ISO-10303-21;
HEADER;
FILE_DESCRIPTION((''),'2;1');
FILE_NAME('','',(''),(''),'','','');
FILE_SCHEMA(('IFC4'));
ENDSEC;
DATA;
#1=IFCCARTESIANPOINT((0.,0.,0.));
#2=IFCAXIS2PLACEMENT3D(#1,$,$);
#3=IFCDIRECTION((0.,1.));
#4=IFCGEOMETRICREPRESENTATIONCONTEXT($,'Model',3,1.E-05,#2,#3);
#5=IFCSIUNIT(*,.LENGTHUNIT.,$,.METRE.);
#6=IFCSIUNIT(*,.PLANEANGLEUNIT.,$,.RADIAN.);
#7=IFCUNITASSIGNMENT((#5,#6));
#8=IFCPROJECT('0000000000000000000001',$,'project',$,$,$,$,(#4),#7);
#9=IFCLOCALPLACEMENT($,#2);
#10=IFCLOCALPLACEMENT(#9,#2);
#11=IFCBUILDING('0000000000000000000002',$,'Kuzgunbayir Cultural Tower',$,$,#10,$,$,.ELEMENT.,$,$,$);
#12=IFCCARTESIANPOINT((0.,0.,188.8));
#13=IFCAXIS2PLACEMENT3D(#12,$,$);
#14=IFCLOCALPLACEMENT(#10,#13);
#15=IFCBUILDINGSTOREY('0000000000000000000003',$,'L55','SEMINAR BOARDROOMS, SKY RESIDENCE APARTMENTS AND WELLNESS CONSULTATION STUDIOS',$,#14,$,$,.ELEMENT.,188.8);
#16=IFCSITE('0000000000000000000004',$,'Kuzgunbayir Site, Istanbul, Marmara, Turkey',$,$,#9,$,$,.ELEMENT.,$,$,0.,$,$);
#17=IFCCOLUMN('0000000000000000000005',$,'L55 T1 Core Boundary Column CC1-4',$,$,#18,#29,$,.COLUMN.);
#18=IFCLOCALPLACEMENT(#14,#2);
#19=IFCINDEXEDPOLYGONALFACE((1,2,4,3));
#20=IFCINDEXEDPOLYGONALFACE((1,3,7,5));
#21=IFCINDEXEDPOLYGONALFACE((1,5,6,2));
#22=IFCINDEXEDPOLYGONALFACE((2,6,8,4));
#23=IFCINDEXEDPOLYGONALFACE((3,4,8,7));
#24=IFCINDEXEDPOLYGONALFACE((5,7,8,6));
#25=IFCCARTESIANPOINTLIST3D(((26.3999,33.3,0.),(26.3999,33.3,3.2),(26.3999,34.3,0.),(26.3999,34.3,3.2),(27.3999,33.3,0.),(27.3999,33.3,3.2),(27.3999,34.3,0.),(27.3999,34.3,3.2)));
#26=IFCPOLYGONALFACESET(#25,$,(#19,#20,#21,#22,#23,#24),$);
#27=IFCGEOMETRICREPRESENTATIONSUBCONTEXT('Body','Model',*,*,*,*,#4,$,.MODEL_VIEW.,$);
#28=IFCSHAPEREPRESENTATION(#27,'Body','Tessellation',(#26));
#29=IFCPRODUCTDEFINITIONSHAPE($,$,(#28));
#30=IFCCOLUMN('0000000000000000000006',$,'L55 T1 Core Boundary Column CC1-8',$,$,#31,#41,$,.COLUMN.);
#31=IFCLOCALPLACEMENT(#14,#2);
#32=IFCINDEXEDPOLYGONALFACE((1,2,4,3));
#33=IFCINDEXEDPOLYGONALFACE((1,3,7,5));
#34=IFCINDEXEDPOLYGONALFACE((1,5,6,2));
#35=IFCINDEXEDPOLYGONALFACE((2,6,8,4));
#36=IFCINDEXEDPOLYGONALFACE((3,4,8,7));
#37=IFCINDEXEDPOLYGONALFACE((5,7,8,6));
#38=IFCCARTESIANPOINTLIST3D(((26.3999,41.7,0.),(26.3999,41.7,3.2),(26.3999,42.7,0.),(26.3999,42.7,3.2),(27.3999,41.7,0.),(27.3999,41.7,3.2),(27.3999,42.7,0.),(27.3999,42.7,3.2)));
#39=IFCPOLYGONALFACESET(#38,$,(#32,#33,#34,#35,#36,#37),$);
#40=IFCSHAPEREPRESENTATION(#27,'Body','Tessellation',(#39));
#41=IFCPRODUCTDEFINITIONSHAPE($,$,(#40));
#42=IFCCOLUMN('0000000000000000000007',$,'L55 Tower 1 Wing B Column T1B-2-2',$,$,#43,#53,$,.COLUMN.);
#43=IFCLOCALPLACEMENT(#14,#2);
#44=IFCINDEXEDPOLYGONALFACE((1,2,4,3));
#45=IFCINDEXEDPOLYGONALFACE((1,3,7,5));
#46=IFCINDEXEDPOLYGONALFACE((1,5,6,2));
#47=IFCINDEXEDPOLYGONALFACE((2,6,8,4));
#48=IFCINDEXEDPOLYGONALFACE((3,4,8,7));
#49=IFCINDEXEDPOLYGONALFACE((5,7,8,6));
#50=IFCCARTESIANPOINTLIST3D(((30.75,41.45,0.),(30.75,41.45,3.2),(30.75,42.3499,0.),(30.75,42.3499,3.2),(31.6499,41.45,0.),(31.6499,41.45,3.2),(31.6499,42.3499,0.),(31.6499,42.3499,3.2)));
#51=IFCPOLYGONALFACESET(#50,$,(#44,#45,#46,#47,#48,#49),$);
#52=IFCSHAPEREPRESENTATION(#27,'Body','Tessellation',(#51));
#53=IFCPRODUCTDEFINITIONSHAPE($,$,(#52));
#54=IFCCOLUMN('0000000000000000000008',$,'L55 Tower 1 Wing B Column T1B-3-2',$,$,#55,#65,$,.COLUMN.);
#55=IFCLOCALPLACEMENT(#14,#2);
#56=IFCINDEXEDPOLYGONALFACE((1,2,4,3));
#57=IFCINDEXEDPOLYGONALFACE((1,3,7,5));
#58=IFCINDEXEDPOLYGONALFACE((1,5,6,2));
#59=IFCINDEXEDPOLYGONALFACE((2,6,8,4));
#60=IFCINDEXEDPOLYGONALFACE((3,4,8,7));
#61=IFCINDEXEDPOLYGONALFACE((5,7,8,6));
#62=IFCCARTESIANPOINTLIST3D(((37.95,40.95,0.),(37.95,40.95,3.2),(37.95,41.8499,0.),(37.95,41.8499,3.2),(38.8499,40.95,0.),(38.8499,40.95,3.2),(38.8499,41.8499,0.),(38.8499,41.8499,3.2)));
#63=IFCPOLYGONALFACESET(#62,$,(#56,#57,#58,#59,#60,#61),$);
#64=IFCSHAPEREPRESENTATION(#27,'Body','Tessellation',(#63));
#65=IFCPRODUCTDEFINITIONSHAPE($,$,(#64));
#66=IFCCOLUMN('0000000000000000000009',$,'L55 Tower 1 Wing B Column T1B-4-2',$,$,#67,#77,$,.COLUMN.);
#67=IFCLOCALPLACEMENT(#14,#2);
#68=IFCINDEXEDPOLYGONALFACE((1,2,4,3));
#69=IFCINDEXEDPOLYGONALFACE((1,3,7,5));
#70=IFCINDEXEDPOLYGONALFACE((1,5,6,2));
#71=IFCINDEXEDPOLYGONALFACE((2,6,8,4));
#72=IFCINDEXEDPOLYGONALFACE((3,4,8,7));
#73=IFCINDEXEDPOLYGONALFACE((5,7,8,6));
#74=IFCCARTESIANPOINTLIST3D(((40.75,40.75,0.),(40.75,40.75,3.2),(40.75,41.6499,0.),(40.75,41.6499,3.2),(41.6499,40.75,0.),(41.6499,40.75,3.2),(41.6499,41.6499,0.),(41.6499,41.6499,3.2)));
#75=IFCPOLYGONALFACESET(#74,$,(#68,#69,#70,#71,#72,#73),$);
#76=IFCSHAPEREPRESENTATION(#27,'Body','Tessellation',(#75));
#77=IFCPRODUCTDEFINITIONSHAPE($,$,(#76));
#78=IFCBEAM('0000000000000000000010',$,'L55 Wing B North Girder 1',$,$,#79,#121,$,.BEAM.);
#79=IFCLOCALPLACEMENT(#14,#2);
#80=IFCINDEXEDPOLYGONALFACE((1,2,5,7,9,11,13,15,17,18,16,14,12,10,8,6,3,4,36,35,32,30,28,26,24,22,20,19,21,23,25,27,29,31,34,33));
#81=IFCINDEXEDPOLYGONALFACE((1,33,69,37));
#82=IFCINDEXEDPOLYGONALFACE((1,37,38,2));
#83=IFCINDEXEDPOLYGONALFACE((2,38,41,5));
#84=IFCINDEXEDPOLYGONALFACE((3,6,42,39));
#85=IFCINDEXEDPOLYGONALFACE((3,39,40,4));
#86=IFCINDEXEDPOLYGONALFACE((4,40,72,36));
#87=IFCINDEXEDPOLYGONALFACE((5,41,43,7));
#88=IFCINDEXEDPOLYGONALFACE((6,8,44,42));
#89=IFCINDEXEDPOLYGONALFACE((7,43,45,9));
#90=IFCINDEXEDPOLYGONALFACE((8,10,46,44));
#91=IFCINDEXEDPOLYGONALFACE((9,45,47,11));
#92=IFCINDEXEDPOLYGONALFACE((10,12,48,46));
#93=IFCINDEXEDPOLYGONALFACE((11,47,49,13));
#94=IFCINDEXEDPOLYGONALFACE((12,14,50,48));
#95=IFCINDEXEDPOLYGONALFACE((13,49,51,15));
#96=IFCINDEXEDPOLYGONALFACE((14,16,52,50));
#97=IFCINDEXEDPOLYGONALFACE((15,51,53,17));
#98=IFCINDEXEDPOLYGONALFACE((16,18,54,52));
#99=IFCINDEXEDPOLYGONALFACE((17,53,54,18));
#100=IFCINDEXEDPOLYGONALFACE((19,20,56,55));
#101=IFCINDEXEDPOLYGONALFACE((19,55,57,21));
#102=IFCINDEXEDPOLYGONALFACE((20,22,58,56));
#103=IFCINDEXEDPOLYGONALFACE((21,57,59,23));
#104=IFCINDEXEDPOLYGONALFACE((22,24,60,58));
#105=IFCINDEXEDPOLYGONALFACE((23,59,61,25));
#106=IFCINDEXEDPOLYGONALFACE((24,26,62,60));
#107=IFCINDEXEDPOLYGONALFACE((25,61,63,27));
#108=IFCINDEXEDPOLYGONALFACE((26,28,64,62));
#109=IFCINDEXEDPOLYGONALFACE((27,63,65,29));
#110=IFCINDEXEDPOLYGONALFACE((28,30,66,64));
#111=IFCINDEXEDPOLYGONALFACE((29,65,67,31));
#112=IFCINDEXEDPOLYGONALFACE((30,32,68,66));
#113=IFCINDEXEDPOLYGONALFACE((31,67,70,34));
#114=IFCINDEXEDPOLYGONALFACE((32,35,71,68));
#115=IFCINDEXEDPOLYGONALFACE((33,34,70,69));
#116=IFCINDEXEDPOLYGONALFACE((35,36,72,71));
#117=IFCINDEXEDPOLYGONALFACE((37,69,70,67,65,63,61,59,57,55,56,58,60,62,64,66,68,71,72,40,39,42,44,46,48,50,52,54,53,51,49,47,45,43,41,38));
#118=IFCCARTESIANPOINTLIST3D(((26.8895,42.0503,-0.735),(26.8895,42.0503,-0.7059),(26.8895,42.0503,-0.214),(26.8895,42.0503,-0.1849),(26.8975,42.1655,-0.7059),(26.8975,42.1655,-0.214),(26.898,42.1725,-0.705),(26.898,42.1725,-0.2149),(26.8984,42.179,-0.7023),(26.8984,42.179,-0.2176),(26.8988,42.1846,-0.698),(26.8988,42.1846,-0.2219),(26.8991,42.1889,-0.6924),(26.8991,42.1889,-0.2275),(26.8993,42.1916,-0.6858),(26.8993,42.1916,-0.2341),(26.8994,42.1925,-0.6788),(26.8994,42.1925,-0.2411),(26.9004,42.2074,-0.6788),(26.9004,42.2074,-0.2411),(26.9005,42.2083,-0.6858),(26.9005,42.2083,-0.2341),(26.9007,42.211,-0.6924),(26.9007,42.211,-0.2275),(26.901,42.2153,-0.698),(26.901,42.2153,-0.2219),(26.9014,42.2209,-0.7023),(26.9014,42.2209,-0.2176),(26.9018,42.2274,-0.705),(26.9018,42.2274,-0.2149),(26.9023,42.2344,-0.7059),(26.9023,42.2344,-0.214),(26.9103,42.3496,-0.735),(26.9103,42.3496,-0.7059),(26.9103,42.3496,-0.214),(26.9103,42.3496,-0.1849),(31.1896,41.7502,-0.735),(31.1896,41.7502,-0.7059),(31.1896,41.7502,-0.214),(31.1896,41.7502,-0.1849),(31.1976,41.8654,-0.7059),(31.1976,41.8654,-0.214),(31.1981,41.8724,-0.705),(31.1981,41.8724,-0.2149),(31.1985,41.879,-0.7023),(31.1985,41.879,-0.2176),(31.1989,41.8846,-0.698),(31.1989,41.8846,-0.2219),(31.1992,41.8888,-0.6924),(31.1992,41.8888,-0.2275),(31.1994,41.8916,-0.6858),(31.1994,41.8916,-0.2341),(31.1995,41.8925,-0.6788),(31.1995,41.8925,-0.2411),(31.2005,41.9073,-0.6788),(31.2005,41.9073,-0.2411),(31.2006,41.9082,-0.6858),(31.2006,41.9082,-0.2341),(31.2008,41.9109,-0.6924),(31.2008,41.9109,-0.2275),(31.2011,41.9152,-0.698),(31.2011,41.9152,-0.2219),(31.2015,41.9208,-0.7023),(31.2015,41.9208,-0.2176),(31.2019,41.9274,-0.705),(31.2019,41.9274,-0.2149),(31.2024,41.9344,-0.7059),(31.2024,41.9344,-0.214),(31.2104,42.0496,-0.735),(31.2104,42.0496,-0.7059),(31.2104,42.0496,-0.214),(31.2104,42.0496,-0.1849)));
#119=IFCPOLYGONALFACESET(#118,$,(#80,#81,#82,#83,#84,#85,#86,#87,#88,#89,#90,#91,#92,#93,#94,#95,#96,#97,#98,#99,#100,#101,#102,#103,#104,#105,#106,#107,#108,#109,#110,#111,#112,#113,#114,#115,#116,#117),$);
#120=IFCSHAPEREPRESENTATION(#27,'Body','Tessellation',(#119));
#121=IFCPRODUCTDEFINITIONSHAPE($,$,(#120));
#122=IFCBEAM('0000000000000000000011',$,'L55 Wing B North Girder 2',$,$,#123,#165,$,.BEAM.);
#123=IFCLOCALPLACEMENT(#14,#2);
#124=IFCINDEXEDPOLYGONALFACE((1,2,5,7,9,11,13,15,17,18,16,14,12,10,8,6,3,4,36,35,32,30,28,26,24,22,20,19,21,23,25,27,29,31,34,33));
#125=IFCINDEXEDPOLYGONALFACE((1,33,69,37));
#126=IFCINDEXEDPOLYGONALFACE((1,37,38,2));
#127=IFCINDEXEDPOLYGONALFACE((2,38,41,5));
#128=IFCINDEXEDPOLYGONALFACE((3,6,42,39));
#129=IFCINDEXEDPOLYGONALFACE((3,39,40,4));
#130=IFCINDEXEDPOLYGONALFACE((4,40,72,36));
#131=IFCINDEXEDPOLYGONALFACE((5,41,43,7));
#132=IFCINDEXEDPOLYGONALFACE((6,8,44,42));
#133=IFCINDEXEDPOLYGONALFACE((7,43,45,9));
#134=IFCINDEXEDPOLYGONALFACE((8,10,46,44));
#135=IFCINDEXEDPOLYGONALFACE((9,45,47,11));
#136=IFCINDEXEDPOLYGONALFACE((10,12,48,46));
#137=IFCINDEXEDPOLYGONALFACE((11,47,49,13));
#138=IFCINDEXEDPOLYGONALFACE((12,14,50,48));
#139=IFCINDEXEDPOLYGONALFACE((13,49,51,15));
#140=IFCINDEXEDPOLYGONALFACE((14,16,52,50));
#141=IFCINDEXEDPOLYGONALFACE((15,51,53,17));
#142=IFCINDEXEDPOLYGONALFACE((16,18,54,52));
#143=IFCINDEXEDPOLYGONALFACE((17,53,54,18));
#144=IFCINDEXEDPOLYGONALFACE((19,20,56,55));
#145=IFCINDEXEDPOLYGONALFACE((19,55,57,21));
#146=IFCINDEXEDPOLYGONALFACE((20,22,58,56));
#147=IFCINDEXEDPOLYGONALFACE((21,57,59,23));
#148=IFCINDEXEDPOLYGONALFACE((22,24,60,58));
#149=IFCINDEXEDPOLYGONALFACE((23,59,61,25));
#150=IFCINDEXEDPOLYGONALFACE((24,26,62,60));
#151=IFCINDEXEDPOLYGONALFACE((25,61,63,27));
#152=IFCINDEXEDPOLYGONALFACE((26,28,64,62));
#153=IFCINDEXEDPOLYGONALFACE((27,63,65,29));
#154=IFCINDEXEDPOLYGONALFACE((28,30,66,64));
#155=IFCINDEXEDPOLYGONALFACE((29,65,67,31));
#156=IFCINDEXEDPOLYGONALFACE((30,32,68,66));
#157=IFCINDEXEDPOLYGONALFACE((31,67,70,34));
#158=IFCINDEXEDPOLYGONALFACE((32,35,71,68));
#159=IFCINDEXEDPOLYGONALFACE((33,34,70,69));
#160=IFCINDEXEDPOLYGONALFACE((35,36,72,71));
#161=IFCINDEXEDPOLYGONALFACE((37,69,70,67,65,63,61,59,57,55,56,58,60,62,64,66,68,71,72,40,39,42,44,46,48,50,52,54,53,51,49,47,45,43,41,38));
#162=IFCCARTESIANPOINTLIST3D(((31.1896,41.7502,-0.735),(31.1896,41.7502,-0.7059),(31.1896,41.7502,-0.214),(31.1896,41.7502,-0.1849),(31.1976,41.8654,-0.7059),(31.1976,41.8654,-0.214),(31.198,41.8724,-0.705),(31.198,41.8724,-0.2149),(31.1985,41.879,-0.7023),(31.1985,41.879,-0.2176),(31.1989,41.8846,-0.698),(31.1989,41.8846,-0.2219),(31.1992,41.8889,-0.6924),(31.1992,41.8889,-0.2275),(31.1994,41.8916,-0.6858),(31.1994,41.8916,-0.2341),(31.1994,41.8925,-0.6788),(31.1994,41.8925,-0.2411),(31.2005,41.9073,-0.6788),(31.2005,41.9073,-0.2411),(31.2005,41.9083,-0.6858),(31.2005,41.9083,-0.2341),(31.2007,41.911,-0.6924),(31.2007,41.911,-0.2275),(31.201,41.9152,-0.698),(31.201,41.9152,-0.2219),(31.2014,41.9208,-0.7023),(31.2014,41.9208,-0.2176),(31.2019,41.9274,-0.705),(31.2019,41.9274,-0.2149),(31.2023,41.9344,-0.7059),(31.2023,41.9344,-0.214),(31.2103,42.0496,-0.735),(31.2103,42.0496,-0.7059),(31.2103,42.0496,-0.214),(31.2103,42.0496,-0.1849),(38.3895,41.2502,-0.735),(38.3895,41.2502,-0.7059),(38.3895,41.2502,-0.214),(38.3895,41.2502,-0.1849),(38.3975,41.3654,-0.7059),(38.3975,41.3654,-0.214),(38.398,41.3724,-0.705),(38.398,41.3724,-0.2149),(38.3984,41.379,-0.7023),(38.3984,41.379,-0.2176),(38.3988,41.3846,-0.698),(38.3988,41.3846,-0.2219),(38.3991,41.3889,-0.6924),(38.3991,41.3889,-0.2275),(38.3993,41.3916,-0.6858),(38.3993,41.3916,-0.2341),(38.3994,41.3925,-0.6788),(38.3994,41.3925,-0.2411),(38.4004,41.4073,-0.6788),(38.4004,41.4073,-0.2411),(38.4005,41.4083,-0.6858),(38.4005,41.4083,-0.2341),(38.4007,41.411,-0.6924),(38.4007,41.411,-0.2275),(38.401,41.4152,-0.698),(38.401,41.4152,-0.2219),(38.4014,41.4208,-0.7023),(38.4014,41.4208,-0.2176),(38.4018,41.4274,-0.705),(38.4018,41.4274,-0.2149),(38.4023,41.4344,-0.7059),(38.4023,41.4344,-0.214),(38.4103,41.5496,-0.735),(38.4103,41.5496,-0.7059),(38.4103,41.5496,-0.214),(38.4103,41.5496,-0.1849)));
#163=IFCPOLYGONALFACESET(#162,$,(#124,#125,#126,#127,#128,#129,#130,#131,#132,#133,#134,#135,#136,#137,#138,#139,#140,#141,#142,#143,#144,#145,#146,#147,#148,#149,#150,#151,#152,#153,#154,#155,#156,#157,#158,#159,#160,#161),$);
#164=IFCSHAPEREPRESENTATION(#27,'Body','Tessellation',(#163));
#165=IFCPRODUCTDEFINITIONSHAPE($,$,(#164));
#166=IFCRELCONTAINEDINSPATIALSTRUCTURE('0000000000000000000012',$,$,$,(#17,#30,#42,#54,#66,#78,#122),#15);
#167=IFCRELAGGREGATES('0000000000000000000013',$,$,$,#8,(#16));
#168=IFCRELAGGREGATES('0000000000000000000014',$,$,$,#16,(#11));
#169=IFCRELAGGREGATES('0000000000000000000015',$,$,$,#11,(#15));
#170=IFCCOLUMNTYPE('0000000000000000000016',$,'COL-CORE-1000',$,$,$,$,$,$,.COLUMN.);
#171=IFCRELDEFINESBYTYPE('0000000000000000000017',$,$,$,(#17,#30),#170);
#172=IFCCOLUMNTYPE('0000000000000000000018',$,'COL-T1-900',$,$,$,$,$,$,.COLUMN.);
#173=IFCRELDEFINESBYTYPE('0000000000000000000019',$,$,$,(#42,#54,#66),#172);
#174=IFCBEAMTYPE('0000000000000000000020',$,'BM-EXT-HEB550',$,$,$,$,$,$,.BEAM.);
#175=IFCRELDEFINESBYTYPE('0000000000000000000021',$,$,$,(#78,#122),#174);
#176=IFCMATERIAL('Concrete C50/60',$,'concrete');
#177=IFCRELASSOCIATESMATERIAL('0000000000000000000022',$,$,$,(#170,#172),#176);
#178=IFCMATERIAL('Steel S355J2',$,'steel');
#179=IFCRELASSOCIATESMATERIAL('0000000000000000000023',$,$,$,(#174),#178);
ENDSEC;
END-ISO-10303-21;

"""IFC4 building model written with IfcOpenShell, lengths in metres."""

from ifc_helpers import new_model, si_unit, direction, frame, origin, origin_2d, place, context, subcontext, project, spatial, rectangle, i_section, extrude, material, material_profile, profile_set, type_object, element, save


model = new_model("IFC4")

# Units and contexts
model_context = context("Model", 3, precision=1e-05, world=origin(), true_north=direction((0.0, 1.0)))
body_context = subcontext(model_context, "Body", "Model", "MODEL_VIEW")
ifc_project = project(units=[si_unit("LENGTHUNIT", "METRE"), si_unit("PLANEANGLEUNIT", "RADIAN")], contexts=[model_context])

# Site, building, storey
site_placement = place(None, origin())
site = spatial("IfcSite", under=ifc_project, at=site_placement, Name="Kuzgunbayir Site, Istanbul, Marmara, Turkey", CompositionType="ELEMENT", RefElevation=0.0)
building_placement = place(site_placement, origin())
building = spatial("IfcBuilding", under=site, at=building_placement, Name="Kuzgunbayir Cultural Tower", CompositionType="ELEMENT")
storey_placement = place(building_placement, frame((0.0, 0.0, 188.8)))
storey = spatial("IfcBuildingStorey", under=building, at=storey_placement, Name="L55", Description="SEMINAR BOARDROOMS, SKY RESIDENCE APARTMENTS AND WELLNESS CONSULTATION STUDIOS", CompositionType="ELEMENT", Elevation=188.8)

# Columns
ifc_material_1 = material(Name="Concrete C50/60", Category="concrete")
ifc_material_profile_1 = material_profile(ifc_material_1, rectangle(XDim=1.0, YDim=1.0, at=origin_2d()), Name="RC 1000x1000")
ifc_profile_set_1 = profile_set([ifc_material_profile_1], Name="Concrete C50/60")
column_type_1 = type_object("IfcColumnType", Name="COL-CORE-1000", PredefinedType="COLUMN", material=ifc_profile_set_1)
for number, where, z_axis, x_axis, name in (
    (1, (26.8999, 33.8, 0.0), (0.0, 0.0, 1.0), (1.0, 0.0, 0.0), "L55 T1 Core Boundary Column CC1-4"),
    (2, (26.8999, 42.2, 0.0), (0.0, 0.0, 1.0), (1.0, 0.0, 0.0), "L55 T1 Core Boundary Column CC1-8"),
):
    element("IfcColumn", number, at=place(storey_placement, frame(where, z_axis=z_axis, x_axis=x_axis)), inside=storey, type_object=column_type_1, Name=name, PredefinedType="COLUMN", context=body_context, shape_type="SweptSolid", body=[
        extrude(rectangle(XDim=1.0, YDim=1.0, at=origin_2d()), origin(), (0.0, 0.0, 1.0), 3.2),
    ])
ifc_material_profile_2 = material_profile(ifc_material_1, rectangle(XDim=0.8999, YDim=0.8999, at=origin_2d()), Name="RC 900x900")
ifc_profile_set_2 = profile_set([ifc_material_profile_2], Name="Concrete C50/60")
column_type_2 = type_object("IfcColumnType", Name="COL-T1-900", PredefinedType="COLUMN", material=ifc_profile_set_2)
for number, where, z_axis, x_axis, name in (
    (3, (31.2, 41.8999, 0.0), (0.0, 0.0, 1.0), (1.0, 0.0, 0.0), "L55 Tower 1 Wing B Column T1B-2-2"),
    (4, (38.3999, 41.3999, 0.0), (0.0, 0.0, 1.0), (1.0, 0.0, 0.0), "L55 Tower 1 Wing B Column T1B-3-2"),
    (5, (41.2, 41.2, 0.0), (0.0, 0.0, 1.0), (1.0, 0.0, 0.0), "L55 Tower 1 Wing B Column T1B-4-2"),
):
    element("IfcColumn", number, at=place(storey_placement, frame(where, z_axis=z_axis, x_axis=x_axis)), inside=storey, type_object=column_type_2, Name=name, PredefinedType="COLUMN", context=body_context, shape_type="SweptSolid", body=[
        extrude(rectangle(XDim=0.8999, YDim=0.8999, at=origin_2d()), origin(), (0.0, 0.0, 1.0), 3.2),
    ])

# Beams
ifc_material_2 = material(Name="Steel S355J2", Category="steel")
ifc_material_profile_3 = material_profile(ifc_material_2, i_section(OverallWidth=0.3, OverallDepth=0.55, WebThickness=0.0149, FlangeThickness=0.0291, FilletRadius=0.0271, at=origin_2d()), Name="HEB 550")
ifc_profile_set_3 = profile_set([ifc_material_profile_3], Name="Steel S355J2")
beam_type_1 = type_object("IfcBeamType", Name="BM-EXT-HEB550", PredefinedType="BEAM", material=ifc_profile_set_3)
beam_1_placement = place(storey_placement, frame((26.8999, 42.2, -0.46), z_axis=(0.997574, -0.069609, 0.0), x_axis=(0.069609, 0.997574, 0.0)))
element("IfcBeam", 6, at=beam_1_placement, inside=storey, type_object=beam_type_1, Name="L55 Wing B North Girder 1", PredefinedType="BEAM", context=body_context, shape_type="SweptSolid", body=[
    extrude(i_section(OverallWidth=0.3, OverallDepth=0.55, WebThickness=0.0149, FlangeThickness=0.0291, FilletRadius=0.0271, at=origin_2d()), origin(), (0.0, 0.0, 1.0), 4.3105),
])
beam_2_placement = place(storey_placement, frame((31.2, 41.8999, -0.46), z_axis=(0.997597, -0.069278, 0.0), x_axis=(0.069278, 0.997597, 0.0)))
element("IfcBeam", 7, at=beam_2_placement, inside=storey, type_object=beam_type_1, Name="L55 Wing B North Girder 2", PredefinedType="BEAM", context=body_context, shape_type="SweptSolid", body=[
    extrude(i_section(OverallWidth=0.3, OverallDepth=0.55, WebThickness=0.0149, FlangeThickness=0.0291, FilletRadius=0.0271, at=origin_2d()), origin(), (0.0, 0.0, 1.0), 7.2173),
])

save(model, "model.ifc")
